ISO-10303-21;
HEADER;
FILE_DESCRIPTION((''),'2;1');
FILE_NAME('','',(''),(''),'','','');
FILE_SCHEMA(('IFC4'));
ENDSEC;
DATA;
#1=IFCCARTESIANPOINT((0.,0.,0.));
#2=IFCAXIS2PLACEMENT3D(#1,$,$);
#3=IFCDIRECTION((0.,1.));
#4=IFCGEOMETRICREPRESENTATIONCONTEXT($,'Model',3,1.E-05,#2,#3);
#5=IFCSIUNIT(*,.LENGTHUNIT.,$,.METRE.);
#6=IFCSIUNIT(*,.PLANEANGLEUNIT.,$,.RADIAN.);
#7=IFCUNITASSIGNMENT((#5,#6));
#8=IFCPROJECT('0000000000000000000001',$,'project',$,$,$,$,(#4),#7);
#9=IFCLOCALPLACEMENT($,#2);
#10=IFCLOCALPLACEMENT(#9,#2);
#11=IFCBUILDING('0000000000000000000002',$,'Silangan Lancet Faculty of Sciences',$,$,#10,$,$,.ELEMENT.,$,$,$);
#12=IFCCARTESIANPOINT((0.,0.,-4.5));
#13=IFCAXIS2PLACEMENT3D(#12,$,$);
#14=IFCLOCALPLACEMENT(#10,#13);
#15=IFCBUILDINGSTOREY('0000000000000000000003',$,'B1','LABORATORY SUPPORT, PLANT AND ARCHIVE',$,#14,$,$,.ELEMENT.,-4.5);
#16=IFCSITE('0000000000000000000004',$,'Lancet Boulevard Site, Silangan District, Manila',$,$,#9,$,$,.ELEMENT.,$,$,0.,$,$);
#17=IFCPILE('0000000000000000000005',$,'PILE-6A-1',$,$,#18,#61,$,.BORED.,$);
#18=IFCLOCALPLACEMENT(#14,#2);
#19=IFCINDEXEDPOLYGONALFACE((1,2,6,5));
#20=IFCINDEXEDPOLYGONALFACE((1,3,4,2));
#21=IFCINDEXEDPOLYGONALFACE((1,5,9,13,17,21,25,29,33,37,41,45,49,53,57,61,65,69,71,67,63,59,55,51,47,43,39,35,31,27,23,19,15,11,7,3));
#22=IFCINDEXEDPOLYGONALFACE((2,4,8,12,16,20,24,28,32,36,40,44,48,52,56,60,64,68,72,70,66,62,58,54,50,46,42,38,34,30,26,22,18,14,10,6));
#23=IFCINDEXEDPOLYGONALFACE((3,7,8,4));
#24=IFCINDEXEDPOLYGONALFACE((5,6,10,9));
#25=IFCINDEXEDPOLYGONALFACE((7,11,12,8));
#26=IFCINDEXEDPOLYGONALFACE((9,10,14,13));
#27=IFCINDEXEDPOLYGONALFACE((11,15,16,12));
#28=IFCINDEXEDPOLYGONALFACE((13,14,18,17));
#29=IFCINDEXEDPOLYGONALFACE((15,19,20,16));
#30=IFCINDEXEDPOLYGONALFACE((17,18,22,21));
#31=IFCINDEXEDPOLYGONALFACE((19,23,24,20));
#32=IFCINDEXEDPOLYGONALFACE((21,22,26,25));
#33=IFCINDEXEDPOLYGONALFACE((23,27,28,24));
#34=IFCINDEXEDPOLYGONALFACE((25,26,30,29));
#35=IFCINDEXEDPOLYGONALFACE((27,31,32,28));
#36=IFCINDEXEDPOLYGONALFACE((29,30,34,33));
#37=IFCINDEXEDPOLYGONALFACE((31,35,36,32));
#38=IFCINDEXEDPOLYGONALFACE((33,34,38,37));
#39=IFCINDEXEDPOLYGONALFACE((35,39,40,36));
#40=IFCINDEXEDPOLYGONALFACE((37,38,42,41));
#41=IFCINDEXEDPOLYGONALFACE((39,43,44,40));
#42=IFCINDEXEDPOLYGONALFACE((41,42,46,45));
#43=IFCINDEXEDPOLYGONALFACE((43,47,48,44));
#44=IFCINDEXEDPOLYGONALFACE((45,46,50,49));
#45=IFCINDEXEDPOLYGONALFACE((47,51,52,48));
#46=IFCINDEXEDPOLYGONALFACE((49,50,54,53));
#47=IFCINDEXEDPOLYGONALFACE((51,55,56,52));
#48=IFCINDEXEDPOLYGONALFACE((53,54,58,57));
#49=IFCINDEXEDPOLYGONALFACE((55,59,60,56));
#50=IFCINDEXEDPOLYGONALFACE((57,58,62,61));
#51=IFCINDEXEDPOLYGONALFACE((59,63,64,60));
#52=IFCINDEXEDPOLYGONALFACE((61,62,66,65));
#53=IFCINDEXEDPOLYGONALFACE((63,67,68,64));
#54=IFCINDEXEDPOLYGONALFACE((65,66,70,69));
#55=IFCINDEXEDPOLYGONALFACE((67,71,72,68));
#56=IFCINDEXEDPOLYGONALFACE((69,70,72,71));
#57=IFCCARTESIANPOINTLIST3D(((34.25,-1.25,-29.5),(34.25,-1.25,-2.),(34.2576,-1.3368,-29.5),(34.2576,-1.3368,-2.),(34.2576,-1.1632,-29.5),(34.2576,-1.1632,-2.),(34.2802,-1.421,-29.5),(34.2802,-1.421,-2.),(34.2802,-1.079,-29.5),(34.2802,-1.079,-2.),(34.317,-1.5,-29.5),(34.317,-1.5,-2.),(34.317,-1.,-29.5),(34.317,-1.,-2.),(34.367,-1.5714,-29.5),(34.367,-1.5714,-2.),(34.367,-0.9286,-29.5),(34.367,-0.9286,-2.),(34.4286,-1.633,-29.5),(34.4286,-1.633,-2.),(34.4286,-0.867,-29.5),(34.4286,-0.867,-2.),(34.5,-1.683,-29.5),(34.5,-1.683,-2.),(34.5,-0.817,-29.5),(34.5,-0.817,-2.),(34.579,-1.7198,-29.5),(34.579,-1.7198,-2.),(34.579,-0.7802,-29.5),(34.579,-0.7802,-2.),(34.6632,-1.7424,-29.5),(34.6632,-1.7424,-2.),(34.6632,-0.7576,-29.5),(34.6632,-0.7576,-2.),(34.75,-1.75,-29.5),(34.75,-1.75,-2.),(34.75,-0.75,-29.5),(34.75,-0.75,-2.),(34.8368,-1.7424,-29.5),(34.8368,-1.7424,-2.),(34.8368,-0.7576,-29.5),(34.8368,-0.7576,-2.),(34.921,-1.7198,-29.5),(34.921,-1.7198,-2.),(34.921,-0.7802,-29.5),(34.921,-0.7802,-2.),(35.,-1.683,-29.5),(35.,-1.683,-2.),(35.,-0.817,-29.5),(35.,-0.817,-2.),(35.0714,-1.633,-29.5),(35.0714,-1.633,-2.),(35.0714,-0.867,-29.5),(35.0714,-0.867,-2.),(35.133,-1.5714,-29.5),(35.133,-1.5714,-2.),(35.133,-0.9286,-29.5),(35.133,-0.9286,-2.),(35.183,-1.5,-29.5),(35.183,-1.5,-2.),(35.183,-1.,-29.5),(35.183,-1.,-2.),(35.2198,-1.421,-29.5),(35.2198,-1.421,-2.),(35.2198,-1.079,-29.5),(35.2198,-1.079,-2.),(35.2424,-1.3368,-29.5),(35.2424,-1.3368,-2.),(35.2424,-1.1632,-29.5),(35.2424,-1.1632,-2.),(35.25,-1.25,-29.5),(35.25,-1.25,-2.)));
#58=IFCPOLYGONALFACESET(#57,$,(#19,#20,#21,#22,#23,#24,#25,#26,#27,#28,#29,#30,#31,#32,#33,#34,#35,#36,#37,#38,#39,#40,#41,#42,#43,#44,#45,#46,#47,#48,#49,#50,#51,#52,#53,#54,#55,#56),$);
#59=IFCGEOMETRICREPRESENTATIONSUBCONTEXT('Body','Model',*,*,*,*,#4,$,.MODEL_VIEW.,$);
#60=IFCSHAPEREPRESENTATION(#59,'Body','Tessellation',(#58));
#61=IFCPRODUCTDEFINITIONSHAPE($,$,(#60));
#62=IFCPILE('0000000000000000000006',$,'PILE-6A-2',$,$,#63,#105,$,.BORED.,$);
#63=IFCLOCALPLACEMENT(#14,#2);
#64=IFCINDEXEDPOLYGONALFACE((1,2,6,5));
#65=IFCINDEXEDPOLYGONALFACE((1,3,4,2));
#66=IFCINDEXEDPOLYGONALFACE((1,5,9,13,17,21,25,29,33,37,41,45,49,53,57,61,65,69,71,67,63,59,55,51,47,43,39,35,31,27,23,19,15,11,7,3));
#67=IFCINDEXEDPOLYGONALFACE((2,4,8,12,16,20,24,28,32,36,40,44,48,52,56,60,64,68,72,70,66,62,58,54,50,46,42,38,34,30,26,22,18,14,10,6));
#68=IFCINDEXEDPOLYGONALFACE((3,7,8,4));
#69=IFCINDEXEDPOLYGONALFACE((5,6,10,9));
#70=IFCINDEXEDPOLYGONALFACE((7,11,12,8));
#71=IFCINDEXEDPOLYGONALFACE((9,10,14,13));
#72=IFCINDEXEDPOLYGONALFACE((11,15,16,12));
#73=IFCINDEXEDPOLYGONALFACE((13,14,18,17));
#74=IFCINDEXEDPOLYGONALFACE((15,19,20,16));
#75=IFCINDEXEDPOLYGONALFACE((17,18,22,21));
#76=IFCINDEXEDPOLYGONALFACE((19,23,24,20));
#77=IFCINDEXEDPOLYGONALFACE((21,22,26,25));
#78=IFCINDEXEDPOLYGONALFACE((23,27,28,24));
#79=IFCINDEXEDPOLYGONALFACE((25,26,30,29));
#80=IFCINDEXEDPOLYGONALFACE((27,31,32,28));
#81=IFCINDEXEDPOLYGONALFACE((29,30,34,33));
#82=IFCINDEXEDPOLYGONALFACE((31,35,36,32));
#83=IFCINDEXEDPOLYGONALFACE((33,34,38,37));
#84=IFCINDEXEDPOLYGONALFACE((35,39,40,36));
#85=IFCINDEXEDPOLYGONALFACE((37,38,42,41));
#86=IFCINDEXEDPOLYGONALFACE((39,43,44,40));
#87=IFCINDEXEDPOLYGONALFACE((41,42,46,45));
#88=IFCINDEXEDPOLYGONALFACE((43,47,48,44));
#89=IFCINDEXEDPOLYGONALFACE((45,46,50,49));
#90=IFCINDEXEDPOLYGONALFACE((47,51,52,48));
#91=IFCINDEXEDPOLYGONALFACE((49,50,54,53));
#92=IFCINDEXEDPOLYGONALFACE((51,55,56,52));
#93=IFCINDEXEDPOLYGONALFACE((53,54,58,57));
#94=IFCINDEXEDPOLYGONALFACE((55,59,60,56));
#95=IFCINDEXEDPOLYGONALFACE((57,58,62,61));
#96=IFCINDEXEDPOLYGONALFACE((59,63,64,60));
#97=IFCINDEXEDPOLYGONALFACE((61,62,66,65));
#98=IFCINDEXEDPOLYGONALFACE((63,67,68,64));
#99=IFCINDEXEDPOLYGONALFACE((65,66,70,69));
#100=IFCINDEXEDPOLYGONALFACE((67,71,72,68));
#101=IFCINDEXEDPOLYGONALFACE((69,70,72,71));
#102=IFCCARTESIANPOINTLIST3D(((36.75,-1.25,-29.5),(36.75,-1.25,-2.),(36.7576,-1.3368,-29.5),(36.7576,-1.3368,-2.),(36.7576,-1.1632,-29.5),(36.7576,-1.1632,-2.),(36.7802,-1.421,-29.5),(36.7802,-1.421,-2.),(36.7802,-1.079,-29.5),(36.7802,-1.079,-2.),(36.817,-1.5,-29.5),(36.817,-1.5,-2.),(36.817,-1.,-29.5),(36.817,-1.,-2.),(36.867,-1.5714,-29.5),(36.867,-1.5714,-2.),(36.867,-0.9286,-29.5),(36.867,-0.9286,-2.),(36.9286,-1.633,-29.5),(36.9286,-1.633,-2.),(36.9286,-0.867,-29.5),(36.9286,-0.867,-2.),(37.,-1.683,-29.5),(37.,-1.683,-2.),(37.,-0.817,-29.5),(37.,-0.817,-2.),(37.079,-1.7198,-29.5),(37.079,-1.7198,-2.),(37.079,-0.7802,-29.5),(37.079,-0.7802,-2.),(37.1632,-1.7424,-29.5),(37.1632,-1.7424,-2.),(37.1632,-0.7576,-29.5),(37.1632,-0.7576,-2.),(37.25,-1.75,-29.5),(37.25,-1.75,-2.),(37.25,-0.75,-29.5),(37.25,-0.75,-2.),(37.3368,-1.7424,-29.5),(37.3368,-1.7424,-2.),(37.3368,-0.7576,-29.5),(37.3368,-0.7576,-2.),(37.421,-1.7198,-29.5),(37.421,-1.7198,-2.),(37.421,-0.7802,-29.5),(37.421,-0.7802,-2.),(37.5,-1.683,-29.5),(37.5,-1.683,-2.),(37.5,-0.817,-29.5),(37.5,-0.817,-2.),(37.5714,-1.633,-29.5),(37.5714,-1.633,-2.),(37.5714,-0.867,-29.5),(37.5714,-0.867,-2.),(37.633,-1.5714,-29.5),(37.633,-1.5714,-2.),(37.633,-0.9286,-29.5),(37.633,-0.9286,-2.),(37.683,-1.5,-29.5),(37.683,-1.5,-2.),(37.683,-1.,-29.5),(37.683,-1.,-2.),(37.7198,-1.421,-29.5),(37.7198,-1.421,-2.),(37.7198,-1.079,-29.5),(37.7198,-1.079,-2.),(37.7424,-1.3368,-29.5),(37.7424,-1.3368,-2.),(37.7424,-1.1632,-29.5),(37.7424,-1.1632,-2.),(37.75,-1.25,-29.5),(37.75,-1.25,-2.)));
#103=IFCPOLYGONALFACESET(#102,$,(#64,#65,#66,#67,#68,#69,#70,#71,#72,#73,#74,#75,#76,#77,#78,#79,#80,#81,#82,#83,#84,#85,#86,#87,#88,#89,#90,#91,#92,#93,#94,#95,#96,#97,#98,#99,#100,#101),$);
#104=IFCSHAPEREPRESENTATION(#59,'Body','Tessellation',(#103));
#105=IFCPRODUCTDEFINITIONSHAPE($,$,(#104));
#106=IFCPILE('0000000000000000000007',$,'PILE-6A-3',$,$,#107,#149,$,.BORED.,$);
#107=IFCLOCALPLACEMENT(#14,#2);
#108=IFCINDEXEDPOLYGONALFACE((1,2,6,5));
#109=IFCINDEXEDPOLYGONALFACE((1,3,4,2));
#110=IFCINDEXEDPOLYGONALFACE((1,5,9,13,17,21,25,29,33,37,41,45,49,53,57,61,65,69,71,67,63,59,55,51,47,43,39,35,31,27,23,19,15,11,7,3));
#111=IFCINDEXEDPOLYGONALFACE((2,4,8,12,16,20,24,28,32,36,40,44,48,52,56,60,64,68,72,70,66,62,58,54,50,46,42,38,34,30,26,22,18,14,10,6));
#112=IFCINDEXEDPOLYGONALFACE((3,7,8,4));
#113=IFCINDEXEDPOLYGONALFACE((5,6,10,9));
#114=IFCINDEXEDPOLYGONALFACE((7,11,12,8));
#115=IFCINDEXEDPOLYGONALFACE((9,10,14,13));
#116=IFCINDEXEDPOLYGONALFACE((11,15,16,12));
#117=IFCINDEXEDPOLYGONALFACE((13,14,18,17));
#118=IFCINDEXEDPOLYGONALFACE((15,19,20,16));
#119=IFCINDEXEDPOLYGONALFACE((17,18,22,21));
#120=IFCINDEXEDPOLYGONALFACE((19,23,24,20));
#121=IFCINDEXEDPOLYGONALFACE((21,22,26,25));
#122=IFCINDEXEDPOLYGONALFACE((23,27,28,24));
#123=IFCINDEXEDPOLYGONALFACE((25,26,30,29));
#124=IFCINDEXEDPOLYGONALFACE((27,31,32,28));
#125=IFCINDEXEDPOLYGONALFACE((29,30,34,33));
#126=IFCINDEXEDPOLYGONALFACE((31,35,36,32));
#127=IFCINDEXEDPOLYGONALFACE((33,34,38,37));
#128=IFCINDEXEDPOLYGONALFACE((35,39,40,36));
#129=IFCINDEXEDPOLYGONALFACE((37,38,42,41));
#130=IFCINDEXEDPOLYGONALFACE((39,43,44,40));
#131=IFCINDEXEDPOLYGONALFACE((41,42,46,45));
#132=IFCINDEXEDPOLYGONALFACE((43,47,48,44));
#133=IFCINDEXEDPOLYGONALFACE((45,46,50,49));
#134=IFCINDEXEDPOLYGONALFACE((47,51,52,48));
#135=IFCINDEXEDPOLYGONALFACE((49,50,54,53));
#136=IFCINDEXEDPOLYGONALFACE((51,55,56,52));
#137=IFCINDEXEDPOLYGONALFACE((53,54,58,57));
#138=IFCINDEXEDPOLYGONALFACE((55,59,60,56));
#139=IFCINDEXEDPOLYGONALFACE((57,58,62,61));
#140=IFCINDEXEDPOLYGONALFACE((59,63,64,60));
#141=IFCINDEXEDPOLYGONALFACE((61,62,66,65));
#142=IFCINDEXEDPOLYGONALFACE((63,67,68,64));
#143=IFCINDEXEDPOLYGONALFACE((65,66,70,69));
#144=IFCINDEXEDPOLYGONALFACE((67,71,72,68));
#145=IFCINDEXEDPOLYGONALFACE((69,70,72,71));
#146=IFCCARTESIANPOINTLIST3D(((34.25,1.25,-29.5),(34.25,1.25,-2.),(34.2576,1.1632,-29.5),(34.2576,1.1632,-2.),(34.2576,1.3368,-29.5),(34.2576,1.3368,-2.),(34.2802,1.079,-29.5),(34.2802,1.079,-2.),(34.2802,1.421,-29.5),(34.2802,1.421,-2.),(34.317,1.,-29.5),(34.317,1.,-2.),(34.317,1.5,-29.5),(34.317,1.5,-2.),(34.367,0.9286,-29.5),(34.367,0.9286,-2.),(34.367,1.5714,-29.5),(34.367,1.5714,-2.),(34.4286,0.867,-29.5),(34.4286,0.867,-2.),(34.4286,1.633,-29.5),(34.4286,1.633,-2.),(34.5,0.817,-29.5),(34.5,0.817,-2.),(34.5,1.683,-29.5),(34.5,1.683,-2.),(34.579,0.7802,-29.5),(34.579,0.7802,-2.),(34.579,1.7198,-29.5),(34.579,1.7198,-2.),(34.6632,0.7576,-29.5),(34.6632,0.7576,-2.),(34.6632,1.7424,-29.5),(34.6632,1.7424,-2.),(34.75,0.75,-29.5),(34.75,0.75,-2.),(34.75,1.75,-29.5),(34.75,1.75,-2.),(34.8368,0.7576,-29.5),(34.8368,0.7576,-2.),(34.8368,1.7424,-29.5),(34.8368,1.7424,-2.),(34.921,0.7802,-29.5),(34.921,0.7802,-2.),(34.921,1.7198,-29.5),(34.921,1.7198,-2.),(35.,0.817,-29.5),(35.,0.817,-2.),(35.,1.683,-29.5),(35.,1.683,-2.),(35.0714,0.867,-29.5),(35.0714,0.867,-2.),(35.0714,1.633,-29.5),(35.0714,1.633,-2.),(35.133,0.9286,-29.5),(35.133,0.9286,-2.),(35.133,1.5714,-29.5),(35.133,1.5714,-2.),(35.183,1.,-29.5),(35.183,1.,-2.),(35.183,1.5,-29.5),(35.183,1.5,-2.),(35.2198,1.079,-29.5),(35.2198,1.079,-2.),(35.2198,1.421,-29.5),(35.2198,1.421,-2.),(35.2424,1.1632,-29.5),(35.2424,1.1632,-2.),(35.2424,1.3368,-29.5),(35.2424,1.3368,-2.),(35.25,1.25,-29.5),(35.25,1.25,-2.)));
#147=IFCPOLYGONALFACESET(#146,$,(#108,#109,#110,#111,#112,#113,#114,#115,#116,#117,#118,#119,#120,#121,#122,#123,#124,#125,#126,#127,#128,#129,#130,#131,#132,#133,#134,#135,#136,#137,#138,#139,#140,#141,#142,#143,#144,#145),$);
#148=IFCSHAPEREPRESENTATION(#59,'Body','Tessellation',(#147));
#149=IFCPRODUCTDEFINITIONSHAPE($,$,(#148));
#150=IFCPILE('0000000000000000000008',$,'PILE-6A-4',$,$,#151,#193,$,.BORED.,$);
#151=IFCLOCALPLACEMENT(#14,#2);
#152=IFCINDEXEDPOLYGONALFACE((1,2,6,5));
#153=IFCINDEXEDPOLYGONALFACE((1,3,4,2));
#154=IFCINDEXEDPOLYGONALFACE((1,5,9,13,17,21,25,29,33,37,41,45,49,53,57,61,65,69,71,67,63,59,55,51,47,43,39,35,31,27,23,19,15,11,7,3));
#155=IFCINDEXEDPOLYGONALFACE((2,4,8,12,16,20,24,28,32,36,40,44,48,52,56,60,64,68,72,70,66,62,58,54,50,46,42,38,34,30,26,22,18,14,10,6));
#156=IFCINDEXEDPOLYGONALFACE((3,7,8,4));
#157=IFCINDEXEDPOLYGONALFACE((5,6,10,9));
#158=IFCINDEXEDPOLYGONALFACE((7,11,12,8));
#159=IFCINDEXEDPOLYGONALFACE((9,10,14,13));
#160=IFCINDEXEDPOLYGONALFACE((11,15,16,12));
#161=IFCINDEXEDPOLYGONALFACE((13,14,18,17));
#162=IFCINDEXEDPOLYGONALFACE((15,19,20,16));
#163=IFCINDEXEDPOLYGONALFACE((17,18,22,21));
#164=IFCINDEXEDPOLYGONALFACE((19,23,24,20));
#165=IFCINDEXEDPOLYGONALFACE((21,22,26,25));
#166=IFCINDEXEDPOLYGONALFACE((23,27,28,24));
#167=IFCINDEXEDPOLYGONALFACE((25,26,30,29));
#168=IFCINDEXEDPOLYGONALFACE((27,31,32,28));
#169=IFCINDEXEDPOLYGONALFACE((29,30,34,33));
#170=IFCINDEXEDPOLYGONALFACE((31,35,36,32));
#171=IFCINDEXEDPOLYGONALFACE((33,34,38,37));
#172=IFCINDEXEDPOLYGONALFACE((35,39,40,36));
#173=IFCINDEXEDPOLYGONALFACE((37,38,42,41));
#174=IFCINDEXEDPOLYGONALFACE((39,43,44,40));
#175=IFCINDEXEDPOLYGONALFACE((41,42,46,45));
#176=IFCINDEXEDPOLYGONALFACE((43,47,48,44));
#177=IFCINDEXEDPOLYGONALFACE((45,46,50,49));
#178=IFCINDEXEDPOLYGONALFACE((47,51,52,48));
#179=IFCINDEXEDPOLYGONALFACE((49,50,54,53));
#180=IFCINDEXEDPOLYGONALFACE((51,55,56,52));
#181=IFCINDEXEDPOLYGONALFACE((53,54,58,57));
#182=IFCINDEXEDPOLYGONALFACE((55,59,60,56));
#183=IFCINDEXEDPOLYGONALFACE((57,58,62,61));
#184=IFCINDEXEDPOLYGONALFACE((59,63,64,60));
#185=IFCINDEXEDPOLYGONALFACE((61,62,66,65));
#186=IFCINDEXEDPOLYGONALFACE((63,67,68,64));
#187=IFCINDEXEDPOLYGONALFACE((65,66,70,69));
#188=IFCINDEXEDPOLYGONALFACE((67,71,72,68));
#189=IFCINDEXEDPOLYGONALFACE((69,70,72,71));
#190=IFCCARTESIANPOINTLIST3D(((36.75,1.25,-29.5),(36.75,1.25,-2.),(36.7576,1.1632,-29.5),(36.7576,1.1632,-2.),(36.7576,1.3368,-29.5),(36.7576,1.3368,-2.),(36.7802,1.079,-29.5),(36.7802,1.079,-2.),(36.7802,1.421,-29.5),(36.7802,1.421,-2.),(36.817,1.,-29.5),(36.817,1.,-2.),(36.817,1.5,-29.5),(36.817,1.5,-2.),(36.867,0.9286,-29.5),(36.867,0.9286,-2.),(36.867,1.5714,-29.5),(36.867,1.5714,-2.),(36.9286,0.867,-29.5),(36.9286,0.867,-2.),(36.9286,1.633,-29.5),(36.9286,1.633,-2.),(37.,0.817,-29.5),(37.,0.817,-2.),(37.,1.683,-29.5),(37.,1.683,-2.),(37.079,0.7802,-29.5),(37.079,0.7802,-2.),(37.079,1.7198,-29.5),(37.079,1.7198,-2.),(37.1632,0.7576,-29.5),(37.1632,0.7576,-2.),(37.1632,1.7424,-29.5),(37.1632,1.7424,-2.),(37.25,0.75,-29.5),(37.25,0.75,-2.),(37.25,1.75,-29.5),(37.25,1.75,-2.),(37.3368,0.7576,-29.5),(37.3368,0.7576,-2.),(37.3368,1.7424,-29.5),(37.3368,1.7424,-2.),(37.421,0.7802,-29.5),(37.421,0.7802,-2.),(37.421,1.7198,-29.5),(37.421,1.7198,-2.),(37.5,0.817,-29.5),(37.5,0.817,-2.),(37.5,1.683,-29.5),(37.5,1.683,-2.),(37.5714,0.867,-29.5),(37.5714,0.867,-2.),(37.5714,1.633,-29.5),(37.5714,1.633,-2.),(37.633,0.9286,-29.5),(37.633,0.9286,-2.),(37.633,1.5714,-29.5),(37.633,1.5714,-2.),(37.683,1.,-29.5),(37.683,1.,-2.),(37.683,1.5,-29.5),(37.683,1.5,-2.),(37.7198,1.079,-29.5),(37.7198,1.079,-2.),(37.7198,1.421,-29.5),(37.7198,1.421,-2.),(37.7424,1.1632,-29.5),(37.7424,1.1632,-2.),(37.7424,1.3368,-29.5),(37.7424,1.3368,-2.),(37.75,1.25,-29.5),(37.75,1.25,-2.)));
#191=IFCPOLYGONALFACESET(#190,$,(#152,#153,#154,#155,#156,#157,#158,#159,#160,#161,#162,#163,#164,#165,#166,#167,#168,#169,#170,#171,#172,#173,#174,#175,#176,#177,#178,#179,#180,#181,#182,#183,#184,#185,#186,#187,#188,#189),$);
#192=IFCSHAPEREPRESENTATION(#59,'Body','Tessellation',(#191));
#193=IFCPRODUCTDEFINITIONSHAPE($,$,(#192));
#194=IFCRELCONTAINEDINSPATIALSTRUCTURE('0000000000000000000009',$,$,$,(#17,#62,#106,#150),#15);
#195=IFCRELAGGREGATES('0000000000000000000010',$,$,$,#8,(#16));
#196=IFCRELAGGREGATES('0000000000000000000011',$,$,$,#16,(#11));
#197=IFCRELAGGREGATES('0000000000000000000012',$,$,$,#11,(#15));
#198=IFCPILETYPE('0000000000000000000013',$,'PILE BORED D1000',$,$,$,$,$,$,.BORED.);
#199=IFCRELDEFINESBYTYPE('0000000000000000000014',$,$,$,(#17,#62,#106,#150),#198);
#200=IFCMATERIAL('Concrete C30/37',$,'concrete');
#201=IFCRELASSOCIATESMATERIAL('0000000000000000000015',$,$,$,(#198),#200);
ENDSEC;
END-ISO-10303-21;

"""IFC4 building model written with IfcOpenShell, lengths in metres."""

from ifc_helpers import new_model, si_unit, direction, frame, origin, origin_2d, place, context, subcontext, project, spatial, circle, extrude, material, material_profile, profile_set, type_object, element, save


model = new_model("IFC4")

# Units and contexts
model_context = context("Model", 3, precision=1e-05, world=origin(), true_north=direction((0.0, 1.0)))
body_context = subcontext(model_context, "Body", "Model", "MODEL_VIEW")
ifc_project = project(units=[si_unit("LENGTHUNIT", "METRE"), si_unit("PLANEANGLEUNIT", "RADIAN")], contexts=[model_context])

# Site, building, storey
site_placement = place(None, origin())
site = spatial("IfcSite", under=ifc_project, at=site_placement, Name="Lancet Boulevard Site, Silangan District, Manila", CompositionType="ELEMENT", RefElevation=0.0)
building_placement = place(site_placement, origin())
building = spatial("IfcBuilding", under=site, at=building_placement, Name="Silangan Lancet Faculty of Sciences", CompositionType="ELEMENT")
storey_placement = place(building_placement, frame((0.0, 0.0, -4.5)))
storey = spatial("IfcBuildingStorey", under=building, at=storey_placement, Name="B1", Description="LABORATORY SUPPORT, PLANT AND ARCHIVE", CompositionType="ELEMENT", Elevation=-4.5)

# Piles
ifc_material_1 = material(Name="Concrete C30/37", Category="concrete")
ifc_material_profile_1 = material_profile(ifc_material_1, circle(Radius=0.5, at=origin_2d()), Name="BORED PILE D1000")
ifc_profile_set_1 = profile_set([ifc_material_profile_1], Name="Concrete C30/37")
pile_type = type_object("IfcPileType", Name="PILE BORED D1000", PredefinedType="BORED", material=ifc_profile_set_1)
for number, where, z_axis, x_axis, name in (
    (1, (34.75, -1.25, -2.0), (0.0, 0.0, -1.0), (1.0, 0.0, 0.0), "PILE-6A-1"),
    (2, (37.25, -1.25, -2.0), (0.0, 0.0, -1.0), (1.0, 0.0, 0.0), "PILE-6A-2"),
    (3, (34.75, 1.25, -2.0), (0.0, 0.0, -1.0), (1.0, 0.0, 0.0), "PILE-6A-3"),
    (4, (37.25, 1.25, -2.0), (0.0, 0.0, -1.0), (1.0, 0.0, 0.0), "PILE-6A-4"),
):
    element("IfcPile", number, at=place(storey_placement, frame(where, z_axis=z_axis, x_axis=x_axis)), inside=storey, type_object=pile_type, Name=name, PredefinedType="BORED", context=body_context, shape_type="SweptSolid", body=[
        extrude(circle(Radius=0.5, at=origin_2d()), origin(), (0.0, 0.0, 1.0), 27.5),
    ])

save(model, "model.ifc")
